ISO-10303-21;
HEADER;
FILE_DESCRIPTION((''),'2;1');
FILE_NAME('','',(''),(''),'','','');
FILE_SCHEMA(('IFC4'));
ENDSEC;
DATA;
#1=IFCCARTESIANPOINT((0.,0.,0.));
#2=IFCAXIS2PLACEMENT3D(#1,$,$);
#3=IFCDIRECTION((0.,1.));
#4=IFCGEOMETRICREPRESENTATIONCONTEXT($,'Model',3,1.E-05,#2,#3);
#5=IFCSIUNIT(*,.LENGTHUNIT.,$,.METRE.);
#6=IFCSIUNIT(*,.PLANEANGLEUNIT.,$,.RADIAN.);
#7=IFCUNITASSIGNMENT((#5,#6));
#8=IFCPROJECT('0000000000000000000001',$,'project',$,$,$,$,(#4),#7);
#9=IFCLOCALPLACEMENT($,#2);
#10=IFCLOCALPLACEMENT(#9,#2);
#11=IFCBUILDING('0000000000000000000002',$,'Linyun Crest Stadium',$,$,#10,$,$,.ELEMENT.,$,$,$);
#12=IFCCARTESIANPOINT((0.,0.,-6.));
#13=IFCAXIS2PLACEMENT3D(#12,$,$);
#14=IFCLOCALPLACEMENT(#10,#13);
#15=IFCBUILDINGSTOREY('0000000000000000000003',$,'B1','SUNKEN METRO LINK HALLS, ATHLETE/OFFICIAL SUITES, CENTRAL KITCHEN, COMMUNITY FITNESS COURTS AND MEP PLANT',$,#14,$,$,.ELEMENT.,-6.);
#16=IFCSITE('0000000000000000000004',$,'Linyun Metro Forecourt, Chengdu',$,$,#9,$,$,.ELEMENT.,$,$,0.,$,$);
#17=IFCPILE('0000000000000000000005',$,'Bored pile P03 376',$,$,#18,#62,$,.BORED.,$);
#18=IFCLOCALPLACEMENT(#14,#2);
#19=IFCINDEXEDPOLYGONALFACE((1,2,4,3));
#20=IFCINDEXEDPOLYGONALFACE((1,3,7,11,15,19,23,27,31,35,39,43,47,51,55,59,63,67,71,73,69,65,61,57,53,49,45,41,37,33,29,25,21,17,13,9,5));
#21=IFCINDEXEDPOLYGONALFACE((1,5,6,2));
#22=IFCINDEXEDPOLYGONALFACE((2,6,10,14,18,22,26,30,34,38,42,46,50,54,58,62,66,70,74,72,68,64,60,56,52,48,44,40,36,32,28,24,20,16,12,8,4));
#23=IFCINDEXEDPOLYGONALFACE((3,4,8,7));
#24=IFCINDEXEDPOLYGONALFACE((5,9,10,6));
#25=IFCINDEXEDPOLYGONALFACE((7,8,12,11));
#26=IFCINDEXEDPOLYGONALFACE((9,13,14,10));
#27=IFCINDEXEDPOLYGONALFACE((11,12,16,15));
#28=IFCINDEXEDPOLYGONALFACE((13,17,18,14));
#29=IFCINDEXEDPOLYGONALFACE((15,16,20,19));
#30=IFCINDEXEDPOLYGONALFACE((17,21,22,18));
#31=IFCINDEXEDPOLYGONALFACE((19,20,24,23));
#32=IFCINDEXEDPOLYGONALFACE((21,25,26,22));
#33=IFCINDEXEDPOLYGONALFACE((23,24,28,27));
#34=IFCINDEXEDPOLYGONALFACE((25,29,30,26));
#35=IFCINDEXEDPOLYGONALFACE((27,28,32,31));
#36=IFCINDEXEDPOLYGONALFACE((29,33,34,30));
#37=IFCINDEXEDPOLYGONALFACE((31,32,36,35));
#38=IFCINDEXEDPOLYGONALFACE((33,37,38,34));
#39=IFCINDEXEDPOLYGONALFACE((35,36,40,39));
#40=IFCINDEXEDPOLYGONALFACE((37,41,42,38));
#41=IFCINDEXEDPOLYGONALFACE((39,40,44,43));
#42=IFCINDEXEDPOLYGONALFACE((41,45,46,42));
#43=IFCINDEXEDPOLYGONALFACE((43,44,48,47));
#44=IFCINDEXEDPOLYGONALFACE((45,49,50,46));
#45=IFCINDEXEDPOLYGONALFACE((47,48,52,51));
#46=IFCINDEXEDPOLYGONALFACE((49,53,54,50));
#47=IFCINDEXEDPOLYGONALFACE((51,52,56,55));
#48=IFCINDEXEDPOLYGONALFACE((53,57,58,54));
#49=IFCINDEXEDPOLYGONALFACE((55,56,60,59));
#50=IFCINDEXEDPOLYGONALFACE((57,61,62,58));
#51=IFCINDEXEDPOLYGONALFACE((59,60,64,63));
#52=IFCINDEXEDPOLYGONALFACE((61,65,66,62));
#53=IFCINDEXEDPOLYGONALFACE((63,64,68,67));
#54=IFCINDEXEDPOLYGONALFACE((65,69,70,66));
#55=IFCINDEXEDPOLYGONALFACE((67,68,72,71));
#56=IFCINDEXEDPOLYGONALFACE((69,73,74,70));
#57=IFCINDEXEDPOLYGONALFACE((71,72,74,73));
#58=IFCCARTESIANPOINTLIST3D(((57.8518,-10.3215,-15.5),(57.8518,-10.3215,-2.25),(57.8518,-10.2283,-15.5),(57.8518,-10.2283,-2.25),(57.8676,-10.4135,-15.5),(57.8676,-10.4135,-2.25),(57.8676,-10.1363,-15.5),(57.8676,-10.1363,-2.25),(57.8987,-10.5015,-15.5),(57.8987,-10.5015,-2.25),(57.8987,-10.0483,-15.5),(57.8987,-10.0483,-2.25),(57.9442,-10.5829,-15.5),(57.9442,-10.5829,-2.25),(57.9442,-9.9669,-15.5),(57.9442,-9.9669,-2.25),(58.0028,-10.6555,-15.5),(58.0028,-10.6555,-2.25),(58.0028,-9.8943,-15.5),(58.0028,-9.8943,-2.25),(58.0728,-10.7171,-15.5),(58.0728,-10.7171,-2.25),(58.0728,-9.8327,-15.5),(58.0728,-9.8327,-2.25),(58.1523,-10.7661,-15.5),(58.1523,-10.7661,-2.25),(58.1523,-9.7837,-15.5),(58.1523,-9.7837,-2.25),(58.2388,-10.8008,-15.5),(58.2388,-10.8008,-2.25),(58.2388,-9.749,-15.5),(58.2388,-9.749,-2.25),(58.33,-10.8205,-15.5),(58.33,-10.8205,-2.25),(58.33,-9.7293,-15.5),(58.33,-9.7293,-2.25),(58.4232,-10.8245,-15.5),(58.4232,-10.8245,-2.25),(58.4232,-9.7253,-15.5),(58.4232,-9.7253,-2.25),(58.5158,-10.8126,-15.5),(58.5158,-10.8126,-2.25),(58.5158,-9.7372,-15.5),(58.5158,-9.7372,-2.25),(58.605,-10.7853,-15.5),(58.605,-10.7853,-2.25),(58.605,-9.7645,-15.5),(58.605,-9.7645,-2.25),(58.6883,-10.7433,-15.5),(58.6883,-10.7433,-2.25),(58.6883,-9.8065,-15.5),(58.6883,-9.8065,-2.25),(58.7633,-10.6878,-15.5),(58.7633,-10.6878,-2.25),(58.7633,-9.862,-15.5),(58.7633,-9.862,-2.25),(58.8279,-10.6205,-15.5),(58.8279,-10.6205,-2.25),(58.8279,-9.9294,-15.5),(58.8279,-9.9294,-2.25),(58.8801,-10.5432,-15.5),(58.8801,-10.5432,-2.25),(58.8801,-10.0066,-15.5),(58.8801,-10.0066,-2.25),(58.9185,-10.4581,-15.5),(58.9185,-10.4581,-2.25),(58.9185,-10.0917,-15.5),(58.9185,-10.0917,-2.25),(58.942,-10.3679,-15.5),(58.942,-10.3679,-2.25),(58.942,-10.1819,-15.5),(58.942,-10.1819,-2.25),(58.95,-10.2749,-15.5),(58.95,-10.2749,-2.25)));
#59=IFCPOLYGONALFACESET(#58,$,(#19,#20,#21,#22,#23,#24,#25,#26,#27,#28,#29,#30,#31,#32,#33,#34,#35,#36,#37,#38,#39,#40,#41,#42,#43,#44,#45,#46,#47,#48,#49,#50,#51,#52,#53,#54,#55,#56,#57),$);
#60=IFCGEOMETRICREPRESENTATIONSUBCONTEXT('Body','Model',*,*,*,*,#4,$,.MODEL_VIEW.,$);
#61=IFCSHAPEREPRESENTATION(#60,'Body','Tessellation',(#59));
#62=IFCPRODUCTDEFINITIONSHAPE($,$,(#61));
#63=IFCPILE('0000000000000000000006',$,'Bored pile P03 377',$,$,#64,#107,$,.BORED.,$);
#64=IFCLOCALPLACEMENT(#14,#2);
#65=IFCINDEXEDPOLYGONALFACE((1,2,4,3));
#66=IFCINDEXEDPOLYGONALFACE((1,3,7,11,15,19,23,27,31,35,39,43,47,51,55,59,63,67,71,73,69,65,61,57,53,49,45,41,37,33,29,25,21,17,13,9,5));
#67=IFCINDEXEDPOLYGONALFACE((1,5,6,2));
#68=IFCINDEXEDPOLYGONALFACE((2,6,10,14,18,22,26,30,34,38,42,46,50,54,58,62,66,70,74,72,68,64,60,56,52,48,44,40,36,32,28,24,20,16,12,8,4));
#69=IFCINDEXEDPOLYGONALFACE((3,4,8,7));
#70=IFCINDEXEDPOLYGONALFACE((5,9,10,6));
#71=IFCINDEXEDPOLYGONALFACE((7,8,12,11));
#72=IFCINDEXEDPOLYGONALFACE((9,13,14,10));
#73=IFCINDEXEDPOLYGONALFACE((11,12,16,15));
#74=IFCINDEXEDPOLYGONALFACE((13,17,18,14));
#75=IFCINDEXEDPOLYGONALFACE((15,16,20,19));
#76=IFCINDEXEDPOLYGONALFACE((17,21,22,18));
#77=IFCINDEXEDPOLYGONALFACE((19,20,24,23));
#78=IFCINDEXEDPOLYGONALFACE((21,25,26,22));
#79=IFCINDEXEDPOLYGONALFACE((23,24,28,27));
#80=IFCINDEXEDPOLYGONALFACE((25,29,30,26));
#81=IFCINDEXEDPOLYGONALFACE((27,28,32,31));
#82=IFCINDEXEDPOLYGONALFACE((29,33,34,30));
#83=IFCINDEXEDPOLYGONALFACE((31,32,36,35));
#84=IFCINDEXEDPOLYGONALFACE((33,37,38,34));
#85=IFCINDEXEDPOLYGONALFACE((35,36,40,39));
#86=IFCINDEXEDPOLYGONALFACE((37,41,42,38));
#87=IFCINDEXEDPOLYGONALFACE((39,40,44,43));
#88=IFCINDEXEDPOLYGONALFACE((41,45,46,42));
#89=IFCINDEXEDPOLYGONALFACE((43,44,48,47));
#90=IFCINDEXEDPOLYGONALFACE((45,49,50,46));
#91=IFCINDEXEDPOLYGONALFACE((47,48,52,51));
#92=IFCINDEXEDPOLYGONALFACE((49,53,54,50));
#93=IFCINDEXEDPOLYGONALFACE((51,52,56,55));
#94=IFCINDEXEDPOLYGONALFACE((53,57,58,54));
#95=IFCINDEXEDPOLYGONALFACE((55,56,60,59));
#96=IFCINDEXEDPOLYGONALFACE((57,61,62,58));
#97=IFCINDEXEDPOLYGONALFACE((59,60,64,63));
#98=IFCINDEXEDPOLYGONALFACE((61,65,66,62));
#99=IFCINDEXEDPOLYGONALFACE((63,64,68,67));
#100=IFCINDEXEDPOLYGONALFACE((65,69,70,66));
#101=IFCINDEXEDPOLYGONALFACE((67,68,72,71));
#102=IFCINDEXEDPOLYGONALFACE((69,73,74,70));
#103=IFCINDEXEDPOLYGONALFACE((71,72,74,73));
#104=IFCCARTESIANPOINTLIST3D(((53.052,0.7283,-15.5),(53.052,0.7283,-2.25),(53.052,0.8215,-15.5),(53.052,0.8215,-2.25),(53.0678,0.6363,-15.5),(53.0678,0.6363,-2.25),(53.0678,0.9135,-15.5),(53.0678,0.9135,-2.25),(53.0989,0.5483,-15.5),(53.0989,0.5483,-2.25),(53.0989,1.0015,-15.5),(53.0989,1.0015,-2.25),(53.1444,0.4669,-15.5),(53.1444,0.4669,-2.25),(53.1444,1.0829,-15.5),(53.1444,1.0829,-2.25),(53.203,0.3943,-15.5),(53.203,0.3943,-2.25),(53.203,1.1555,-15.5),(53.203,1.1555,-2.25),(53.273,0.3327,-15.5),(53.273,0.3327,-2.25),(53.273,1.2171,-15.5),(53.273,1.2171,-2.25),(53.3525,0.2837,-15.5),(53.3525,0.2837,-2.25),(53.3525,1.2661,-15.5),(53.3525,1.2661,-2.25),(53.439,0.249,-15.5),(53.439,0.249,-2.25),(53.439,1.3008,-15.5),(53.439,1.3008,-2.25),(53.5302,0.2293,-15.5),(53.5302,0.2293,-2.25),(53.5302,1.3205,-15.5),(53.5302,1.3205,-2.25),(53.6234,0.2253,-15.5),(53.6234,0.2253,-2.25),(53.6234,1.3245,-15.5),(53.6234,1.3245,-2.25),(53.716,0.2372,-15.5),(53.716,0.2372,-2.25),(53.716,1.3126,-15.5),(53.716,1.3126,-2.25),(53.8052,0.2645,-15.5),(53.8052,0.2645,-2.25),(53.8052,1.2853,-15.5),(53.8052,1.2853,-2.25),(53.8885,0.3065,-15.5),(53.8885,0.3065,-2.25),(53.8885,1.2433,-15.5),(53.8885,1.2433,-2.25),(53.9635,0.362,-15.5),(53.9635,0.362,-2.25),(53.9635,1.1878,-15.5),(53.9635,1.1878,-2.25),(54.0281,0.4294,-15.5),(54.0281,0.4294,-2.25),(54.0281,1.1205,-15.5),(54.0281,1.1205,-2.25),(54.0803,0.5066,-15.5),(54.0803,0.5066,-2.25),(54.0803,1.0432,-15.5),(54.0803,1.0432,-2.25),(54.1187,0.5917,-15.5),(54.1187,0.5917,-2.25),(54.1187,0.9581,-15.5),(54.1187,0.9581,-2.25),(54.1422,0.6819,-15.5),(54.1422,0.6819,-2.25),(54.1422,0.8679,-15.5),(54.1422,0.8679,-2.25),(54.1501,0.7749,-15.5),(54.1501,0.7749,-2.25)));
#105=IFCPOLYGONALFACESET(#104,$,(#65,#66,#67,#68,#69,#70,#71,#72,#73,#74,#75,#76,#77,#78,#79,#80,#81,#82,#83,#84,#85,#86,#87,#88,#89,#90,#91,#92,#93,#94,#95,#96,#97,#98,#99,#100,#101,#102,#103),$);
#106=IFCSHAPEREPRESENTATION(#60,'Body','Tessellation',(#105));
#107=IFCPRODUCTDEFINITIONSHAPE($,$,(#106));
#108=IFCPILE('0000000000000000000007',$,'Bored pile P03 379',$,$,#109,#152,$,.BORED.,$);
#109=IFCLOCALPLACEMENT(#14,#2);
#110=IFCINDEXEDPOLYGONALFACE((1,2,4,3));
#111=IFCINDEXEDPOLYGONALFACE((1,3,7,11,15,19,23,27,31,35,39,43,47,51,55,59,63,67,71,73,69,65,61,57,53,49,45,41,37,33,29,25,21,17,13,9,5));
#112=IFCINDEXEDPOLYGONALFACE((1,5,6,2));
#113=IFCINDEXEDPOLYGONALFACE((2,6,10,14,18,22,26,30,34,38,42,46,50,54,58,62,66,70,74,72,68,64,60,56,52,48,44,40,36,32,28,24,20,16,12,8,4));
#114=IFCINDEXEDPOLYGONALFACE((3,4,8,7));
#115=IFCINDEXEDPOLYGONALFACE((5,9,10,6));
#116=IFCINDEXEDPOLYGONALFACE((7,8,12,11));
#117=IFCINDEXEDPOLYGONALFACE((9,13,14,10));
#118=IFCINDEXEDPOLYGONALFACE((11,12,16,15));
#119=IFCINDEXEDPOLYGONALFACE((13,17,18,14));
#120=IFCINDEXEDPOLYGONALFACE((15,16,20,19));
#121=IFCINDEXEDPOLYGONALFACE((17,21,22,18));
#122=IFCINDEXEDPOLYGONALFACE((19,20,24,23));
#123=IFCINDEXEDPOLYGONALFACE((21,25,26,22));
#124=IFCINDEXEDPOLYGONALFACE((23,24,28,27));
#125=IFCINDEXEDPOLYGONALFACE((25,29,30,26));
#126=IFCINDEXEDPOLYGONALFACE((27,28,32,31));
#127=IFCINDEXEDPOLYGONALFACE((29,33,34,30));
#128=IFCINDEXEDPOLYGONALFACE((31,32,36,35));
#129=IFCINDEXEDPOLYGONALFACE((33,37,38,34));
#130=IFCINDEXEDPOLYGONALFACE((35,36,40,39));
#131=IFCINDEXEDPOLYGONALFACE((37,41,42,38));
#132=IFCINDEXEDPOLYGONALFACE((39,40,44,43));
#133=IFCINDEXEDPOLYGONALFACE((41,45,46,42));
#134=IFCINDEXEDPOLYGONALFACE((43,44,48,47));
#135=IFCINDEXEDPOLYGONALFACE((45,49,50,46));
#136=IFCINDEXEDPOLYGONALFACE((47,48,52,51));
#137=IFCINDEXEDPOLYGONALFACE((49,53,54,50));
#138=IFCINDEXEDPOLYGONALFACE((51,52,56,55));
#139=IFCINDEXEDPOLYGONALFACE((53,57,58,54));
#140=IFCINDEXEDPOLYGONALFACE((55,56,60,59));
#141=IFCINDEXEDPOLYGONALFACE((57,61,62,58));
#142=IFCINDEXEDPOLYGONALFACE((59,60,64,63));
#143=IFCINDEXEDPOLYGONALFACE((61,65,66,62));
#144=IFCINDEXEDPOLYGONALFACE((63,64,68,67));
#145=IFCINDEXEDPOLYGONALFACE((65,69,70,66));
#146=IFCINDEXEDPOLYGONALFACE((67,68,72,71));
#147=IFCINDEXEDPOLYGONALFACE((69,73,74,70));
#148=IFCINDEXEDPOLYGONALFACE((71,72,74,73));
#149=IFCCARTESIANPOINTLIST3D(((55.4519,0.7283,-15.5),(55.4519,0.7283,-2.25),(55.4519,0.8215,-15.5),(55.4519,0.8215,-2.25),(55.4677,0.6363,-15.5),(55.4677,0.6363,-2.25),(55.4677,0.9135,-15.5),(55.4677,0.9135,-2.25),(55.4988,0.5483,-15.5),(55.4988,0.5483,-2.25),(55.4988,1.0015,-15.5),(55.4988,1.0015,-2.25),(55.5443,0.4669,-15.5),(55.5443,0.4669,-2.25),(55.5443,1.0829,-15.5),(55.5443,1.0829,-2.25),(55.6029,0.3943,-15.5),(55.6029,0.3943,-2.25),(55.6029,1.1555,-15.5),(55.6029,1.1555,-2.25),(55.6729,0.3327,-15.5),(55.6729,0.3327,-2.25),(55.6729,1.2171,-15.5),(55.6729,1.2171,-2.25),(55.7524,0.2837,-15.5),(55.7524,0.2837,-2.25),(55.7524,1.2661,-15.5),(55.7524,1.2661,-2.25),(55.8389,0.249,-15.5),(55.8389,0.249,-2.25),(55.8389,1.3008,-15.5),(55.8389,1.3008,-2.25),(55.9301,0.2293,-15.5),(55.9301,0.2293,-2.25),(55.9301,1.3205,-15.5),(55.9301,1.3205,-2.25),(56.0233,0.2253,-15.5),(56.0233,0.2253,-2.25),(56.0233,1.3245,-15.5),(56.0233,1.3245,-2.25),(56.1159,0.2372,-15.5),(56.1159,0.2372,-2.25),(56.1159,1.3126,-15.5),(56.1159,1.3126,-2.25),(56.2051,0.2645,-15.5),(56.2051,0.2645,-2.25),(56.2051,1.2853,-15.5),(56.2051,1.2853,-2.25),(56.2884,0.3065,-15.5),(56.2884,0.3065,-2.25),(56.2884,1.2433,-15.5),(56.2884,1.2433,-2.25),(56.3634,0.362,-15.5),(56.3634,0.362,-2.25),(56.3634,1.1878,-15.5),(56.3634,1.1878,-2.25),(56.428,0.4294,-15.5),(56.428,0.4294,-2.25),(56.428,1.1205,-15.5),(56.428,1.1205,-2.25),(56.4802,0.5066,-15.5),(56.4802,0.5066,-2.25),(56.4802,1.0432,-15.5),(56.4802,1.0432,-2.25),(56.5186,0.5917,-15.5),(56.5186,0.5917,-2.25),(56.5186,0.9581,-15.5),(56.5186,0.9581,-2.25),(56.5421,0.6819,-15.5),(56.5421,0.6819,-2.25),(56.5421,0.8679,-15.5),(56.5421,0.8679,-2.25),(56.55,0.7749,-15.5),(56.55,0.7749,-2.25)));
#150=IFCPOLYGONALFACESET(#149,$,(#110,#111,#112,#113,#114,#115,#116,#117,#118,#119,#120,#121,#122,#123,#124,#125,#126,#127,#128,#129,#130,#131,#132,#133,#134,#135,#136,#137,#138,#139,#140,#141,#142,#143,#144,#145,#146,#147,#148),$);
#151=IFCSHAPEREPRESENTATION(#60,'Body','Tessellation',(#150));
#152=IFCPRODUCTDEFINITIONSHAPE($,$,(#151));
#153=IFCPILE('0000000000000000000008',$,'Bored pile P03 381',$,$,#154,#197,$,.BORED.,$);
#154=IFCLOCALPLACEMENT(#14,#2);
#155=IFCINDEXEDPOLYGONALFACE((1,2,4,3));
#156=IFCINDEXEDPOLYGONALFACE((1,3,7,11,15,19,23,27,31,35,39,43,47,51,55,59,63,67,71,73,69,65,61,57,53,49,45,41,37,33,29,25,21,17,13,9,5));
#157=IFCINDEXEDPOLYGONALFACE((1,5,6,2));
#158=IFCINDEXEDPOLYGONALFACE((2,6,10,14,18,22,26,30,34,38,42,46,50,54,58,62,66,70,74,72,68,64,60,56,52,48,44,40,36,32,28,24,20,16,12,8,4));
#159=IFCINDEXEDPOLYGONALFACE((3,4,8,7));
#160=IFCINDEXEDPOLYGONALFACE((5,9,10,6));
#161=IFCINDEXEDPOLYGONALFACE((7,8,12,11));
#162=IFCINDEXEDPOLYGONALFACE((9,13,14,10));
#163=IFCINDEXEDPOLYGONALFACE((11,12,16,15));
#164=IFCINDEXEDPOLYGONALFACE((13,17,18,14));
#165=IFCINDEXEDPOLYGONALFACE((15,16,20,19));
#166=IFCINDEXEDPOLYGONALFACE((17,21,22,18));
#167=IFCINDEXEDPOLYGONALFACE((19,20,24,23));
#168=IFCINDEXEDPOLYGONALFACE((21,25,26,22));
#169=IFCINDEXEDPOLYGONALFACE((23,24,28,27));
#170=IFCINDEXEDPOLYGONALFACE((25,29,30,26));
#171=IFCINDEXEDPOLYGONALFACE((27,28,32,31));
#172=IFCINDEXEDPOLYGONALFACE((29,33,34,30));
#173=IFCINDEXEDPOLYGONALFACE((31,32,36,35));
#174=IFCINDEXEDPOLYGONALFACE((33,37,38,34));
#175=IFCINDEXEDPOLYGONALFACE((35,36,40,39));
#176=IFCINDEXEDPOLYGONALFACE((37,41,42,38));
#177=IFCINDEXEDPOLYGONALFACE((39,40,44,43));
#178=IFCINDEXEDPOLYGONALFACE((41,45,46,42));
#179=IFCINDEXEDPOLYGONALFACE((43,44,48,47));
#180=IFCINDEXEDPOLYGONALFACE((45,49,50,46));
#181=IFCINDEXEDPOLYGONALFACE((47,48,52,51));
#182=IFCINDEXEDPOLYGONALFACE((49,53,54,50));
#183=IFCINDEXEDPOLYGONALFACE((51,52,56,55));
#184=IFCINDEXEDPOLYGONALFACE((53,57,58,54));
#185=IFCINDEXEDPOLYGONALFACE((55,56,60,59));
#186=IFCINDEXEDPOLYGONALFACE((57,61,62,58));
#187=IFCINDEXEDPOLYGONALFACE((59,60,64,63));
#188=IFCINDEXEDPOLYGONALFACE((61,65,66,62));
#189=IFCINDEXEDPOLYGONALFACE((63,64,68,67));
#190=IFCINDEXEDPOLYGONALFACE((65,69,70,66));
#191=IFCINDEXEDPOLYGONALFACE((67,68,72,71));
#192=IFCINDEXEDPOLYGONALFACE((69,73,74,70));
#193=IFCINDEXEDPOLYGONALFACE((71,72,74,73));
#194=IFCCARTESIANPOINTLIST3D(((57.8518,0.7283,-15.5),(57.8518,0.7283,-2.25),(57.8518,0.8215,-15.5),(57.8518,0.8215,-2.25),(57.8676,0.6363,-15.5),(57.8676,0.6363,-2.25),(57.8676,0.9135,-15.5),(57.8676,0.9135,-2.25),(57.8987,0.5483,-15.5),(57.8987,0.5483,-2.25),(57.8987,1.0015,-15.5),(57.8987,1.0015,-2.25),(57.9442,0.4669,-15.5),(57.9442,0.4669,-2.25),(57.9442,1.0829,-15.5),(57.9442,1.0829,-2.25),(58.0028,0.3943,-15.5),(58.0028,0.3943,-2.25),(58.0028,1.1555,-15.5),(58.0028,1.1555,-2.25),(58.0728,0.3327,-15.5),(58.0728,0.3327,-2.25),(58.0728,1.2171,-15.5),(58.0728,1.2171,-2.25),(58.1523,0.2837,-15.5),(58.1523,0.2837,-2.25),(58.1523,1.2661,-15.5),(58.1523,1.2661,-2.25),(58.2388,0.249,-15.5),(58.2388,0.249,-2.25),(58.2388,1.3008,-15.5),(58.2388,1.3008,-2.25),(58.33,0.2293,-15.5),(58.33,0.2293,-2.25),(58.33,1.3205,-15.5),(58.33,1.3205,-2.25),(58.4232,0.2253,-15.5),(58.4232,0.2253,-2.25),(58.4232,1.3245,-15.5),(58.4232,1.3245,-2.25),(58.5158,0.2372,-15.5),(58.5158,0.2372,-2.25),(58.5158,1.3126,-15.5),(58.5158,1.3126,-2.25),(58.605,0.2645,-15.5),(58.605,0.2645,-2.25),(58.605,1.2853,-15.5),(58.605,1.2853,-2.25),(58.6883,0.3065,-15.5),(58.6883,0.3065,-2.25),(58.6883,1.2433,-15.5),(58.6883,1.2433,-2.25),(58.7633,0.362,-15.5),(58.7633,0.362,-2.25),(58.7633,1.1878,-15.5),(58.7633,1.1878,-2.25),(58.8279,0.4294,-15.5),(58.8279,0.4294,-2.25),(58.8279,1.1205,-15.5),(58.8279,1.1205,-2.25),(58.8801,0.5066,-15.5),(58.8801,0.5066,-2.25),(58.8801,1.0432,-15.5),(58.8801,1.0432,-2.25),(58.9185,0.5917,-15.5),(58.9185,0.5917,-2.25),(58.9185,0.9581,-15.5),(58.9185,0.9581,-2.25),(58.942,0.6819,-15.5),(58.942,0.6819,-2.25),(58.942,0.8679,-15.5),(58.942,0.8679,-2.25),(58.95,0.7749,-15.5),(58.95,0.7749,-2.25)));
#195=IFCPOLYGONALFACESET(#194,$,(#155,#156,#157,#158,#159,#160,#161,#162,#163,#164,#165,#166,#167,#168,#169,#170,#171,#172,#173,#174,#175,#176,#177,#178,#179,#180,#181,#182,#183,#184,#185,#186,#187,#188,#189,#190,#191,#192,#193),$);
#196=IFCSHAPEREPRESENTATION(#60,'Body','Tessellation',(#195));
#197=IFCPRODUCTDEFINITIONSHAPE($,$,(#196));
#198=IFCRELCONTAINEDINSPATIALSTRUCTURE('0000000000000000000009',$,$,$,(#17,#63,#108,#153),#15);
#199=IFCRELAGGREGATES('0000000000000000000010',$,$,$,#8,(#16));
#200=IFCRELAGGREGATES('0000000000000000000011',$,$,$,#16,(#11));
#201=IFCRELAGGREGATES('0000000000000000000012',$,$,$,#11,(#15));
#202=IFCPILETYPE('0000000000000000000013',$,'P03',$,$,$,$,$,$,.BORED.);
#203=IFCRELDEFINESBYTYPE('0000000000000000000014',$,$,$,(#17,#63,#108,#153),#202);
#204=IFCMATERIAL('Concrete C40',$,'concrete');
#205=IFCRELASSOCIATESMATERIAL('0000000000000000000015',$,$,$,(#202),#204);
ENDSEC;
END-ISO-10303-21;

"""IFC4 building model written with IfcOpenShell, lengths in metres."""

from ifc_helpers import new_model, si_unit, direction, frame, origin, origin_2d, place, context, subcontext, project, spatial, circle, extrude, material, material_profile, profile_set, type_object, element, save


model = new_model("IFC4")

# Units and contexts
model_context = context("Model", 3, precision=1e-05, world=origin(), true_north=direction((0.0, 1.0)))
body_context = subcontext(model_context, "Body", "Model", "MODEL_VIEW")
ifc_project = project(units=[si_unit("LENGTHUNIT", "METRE"), si_unit("PLANEANGLEUNIT", "RADIAN")], contexts=[model_context])

# Site, building, storey
site_placement = place(None, origin())
site = spatial("IfcSite", under=ifc_project, at=site_placement, Name="Linyun Metro Forecourt, Chengdu", CompositionType="ELEMENT", RefElevation=0.0)
building_placement = place(site_placement, origin())
building = spatial("IfcBuilding", under=site, at=building_placement, Name="Linyun Crest Stadium", CompositionType="ELEMENT")
storey_placement = place(building_placement, frame((0.0, 0.0, -6.0)))
storey = spatial("IfcBuildingStorey", under=building, at=storey_placement, Name="B1", Description="SUNKEN METRO LINK HALLS, ATHLETE/OFFICIAL SUITES, CENTRAL KITCHEN, COMMUNITY FITNESS COURTS AND MEP PLANT", CompositionType="ELEMENT", Elevation=-6.0)

# Piles
ifc_material_1 = material(Name="Concrete C40", Category="concrete")
ifc_material_profile_1 = material_profile(ifc_material_1, circle(Radius=0.55, at=origin_2d()), Name="BORED PILE 1100")
ifc_profile_set_1 = profile_set([ifc_material_profile_1], Name="Concrete C40")
pile_type = type_object("IfcPileType", Name="P03", PredefinedType="BORED", material=ifc_profile_set_1)
for number, where, z_axis, x_axis, name in (
    (1, (58.3999, -10.2749, -2.25), (0.0, 0.0, -1.0), (1.0, 0.0, 0.0), "Bored pile P03 376"),
    (2, (53.6001, 0.7749, -2.25), (0.0, 0.0, -1.0), (1.0, 0.0, 0.0), "Bored pile P03 377"),
    (3, (56.0, 0.7749, -2.25), (0.0, 0.0, -1.0), (1.0, 0.0, 0.0), "Bored pile P03 379"),
    (4, (58.3999, 0.7749, -2.25), (0.0, 0.0, -1.0), (1.0, 0.0, 0.0), "Bored pile P03 381"),
):
    element("IfcPile", number, at=place(storey_placement, frame(where, z_axis=z_axis, x_axis=x_axis)), inside=storey, type_object=pile_type, Name=name, PredefinedType="BORED", context=body_context, shape_type="SweptSolid", body=[
        extrude(circle(Radius=0.55, at=origin_2d()), origin(), (0.0, 0.0, 1.0), 13.25),
    ])

save(model, "model.ifc")
